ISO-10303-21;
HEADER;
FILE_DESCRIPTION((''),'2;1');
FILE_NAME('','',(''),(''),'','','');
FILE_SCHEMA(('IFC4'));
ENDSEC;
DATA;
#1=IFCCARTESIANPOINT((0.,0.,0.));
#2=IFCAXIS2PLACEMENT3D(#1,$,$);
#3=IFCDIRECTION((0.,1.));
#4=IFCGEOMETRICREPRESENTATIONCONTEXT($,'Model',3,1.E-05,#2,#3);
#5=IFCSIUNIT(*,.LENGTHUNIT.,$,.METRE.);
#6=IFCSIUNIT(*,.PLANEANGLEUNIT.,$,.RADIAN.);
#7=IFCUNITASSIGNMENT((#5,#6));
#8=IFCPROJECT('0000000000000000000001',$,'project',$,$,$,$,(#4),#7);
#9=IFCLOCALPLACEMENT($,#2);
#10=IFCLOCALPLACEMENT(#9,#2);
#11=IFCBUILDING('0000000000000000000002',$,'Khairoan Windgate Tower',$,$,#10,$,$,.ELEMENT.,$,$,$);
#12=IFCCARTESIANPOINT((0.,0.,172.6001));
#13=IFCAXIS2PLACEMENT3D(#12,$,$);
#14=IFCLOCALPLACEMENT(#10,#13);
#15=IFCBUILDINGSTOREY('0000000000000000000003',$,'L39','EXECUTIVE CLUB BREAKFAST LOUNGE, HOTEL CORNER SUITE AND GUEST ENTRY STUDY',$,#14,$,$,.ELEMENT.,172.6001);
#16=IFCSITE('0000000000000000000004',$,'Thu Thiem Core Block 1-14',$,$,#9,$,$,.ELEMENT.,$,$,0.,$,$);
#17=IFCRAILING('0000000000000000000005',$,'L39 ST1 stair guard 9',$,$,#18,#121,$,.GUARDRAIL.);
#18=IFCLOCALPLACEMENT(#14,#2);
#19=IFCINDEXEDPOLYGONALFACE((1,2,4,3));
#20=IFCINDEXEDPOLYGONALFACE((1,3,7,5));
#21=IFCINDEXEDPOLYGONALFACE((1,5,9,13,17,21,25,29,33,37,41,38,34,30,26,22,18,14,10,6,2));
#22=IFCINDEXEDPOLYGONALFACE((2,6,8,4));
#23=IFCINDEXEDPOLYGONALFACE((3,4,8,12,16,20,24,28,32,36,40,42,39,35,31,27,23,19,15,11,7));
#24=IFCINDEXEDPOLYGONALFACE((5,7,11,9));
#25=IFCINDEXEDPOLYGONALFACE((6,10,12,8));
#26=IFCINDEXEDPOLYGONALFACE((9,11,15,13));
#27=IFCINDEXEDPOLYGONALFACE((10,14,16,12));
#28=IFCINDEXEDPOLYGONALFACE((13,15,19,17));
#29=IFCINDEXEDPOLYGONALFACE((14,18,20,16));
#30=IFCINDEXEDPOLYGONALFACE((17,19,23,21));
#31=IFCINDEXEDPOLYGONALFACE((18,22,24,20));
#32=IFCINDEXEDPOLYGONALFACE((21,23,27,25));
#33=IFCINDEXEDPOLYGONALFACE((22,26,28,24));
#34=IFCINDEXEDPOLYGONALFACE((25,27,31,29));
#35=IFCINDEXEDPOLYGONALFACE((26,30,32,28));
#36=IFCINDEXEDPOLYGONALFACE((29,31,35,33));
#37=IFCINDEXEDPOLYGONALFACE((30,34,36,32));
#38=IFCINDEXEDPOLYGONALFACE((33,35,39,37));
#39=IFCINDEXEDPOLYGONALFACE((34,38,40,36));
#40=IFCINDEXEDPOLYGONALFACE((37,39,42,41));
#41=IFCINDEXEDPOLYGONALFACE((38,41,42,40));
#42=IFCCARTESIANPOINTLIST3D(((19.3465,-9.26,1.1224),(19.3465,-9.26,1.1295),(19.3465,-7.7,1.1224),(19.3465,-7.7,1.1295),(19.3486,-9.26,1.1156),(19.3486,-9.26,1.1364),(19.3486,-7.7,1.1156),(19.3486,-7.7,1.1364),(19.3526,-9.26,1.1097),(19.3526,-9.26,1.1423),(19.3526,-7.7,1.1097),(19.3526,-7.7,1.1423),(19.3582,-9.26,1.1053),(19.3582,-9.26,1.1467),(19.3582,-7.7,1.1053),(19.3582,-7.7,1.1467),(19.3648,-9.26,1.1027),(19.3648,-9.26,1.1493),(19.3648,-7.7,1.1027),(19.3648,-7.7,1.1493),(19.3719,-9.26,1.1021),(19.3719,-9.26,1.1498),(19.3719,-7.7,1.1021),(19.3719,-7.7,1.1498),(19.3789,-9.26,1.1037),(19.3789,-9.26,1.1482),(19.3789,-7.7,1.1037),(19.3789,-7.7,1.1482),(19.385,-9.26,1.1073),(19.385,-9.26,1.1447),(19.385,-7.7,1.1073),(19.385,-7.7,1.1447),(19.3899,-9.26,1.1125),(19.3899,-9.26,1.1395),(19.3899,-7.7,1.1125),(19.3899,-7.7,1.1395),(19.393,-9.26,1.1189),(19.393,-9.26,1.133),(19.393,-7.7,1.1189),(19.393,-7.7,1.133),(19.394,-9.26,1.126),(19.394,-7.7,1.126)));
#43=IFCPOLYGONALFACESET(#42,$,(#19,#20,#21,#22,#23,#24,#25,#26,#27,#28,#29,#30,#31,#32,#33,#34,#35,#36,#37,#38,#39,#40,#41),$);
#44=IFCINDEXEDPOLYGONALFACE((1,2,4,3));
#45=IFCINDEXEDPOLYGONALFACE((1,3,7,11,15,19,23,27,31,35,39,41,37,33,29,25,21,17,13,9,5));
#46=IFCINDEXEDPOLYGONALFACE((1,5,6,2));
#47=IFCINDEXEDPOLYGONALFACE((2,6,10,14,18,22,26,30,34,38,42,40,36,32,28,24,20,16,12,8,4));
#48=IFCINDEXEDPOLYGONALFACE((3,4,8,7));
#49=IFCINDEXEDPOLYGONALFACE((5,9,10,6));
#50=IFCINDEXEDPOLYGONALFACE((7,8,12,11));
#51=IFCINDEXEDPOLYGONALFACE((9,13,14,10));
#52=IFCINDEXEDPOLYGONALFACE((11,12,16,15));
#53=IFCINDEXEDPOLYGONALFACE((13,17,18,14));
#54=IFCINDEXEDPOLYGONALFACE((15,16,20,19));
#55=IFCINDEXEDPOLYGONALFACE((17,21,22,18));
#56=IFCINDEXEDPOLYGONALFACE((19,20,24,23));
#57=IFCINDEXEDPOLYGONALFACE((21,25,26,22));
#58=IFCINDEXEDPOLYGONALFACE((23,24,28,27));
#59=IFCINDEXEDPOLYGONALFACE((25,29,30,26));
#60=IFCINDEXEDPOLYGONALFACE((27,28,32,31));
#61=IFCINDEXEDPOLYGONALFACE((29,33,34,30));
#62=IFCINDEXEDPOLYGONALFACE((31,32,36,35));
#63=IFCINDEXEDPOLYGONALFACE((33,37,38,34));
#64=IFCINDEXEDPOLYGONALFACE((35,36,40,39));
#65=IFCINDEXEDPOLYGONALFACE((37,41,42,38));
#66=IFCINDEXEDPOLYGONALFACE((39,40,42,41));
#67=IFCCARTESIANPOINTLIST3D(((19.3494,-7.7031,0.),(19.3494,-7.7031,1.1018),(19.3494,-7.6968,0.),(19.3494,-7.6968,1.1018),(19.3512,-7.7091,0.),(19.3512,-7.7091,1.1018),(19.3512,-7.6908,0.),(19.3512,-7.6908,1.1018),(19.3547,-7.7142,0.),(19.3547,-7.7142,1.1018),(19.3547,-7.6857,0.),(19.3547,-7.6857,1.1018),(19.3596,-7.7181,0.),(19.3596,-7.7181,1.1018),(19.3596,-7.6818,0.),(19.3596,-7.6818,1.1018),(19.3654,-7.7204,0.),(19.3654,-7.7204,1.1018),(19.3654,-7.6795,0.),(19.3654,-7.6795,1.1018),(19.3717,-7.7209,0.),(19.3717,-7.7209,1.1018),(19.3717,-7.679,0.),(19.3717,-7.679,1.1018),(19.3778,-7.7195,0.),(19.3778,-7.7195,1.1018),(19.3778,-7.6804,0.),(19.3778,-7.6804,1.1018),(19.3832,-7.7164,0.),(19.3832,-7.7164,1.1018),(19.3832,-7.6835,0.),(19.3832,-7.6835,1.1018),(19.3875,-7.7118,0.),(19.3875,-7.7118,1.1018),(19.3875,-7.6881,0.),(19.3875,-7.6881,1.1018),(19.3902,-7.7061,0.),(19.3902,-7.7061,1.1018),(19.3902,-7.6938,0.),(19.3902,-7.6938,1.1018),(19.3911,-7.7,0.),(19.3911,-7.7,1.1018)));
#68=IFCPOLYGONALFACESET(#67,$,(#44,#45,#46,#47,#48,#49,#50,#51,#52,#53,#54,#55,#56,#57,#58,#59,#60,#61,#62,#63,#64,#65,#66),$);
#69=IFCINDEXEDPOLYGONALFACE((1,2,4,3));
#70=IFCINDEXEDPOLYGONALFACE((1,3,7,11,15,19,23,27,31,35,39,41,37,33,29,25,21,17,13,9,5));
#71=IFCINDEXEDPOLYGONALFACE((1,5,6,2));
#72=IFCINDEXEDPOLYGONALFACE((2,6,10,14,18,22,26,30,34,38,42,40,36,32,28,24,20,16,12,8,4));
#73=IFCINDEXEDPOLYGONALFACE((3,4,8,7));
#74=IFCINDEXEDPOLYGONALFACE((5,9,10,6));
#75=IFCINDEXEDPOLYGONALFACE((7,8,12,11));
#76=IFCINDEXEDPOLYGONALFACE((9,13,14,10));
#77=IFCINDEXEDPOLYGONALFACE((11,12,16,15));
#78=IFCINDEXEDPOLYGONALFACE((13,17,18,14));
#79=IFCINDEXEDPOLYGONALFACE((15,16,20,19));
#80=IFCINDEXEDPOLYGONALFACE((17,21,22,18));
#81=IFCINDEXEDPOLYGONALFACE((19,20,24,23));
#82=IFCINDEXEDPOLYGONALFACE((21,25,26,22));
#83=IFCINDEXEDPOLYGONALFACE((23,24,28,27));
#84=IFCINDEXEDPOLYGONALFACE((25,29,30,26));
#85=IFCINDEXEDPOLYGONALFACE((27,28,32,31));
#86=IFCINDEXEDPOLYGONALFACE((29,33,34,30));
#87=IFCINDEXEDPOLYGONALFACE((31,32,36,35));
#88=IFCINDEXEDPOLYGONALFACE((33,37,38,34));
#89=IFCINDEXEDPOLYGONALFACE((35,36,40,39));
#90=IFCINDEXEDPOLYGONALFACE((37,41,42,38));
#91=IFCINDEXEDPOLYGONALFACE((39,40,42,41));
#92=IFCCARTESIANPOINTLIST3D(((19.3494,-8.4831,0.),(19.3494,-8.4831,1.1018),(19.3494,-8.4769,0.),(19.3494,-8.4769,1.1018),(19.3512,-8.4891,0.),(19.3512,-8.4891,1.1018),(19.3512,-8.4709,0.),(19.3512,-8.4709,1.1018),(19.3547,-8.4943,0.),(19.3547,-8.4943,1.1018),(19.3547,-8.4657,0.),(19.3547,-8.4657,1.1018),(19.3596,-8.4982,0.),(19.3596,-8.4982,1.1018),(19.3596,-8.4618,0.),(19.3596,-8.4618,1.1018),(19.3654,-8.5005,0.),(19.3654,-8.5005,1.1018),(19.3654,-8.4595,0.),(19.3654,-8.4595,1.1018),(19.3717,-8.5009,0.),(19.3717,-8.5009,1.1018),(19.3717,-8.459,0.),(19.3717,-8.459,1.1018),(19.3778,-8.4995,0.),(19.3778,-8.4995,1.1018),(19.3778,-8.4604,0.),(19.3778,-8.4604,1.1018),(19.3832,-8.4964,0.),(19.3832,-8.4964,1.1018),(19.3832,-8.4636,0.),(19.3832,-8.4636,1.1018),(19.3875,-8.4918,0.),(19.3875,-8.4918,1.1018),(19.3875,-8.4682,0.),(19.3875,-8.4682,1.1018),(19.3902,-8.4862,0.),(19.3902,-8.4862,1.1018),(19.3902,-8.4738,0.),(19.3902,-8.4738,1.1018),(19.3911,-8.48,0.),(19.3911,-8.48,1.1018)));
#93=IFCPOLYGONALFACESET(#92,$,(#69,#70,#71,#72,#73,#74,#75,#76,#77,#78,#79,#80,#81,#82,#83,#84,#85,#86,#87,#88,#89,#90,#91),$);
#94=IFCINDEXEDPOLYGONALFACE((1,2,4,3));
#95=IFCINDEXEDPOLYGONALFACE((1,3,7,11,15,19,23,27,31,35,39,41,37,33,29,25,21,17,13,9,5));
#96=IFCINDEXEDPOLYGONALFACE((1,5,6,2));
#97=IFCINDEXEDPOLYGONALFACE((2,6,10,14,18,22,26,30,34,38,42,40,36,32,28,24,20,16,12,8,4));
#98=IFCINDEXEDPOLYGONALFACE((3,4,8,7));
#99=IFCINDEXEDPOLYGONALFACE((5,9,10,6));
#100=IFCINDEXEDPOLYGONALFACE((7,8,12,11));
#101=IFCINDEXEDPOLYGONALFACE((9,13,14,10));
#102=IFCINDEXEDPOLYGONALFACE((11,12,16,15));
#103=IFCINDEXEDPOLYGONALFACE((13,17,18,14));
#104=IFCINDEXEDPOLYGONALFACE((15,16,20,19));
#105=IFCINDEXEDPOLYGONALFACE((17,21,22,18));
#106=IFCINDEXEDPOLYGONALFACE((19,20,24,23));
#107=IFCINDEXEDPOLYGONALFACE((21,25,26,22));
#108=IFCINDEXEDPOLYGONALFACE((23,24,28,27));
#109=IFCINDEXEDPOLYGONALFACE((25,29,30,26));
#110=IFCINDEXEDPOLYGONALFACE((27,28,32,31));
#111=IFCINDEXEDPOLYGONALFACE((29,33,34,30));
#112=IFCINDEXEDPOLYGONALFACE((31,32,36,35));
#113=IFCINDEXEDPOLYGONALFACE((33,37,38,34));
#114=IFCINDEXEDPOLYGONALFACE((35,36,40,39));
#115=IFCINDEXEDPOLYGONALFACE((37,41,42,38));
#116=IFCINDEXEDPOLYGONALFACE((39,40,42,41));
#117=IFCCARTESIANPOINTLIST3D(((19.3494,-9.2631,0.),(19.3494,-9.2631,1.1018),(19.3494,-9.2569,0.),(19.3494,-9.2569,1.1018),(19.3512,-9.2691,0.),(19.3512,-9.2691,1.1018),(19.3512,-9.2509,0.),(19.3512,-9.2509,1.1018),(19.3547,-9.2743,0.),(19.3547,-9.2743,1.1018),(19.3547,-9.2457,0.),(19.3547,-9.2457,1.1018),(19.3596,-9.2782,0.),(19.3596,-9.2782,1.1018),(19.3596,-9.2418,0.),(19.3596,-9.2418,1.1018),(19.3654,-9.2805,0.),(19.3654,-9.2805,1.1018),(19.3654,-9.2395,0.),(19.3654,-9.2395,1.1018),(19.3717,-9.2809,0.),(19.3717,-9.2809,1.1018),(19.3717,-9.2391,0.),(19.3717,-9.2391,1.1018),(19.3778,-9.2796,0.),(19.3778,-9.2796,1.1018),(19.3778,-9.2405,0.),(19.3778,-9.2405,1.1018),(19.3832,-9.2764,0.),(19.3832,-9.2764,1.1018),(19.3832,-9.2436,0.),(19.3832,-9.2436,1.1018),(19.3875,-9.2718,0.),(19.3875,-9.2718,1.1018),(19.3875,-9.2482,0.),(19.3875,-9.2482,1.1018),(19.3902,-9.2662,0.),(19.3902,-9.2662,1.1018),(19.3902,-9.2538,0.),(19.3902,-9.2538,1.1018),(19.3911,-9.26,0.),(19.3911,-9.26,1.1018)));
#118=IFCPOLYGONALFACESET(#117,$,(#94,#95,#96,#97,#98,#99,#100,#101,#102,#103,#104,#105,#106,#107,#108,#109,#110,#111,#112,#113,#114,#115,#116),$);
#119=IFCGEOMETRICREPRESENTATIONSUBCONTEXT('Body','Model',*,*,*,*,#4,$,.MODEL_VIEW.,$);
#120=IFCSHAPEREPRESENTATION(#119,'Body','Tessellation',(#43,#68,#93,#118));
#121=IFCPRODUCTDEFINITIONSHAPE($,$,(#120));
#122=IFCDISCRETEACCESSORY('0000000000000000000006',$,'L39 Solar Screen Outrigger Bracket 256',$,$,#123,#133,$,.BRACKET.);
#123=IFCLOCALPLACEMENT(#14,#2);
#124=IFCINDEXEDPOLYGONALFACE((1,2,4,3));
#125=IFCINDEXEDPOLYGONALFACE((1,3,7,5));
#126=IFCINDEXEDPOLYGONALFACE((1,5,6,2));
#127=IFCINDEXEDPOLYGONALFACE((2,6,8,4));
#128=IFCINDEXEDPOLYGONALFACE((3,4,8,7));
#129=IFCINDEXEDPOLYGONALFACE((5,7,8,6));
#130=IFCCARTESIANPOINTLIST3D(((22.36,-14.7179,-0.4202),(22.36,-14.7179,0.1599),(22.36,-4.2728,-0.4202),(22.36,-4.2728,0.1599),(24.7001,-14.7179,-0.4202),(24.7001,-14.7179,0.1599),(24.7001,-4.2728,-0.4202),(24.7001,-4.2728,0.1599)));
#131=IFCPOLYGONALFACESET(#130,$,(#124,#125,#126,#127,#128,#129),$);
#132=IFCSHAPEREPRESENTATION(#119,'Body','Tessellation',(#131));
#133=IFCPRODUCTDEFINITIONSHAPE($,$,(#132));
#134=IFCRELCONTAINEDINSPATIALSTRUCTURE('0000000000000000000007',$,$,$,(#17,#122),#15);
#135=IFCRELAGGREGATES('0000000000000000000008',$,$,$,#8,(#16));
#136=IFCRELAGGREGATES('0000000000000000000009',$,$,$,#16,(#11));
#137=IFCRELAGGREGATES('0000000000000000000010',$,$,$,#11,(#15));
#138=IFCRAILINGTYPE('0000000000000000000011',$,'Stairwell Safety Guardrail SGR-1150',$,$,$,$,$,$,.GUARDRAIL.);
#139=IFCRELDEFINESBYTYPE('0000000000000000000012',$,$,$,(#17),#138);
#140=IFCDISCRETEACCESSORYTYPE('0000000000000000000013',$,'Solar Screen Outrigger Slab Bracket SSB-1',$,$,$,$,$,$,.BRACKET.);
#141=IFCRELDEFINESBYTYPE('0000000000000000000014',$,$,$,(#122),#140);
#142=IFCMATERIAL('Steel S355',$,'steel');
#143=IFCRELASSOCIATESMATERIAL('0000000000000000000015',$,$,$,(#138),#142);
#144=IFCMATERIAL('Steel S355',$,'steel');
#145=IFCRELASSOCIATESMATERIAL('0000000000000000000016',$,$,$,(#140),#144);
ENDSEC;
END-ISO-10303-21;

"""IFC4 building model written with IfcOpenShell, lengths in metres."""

from ifc_helpers import new_model, si_unit, direction, frame, origin, origin_2d, place, context, subcontext, project, spatial, rectangle, circle, extrude, material, type_object, element, save


model = new_model("IFC4")

# Units and contexts
model_context = context("Model", 3, precision=1e-05, world=origin(), true_north=direction((0.0, 1.0)))
body_context = subcontext(model_context, "Body", "Model", "MODEL_VIEW")
ifc_project = project(units=[si_unit("LENGTHUNIT", "METRE"), si_unit("PLANEANGLEUNIT", "RADIAN")], contexts=[model_context])

# Site, building, storey
site_placement = place(None, origin())
site = spatial("IfcSite", under=ifc_project, at=site_placement, Name="Thu Thiem Core Block 1-14", CompositionType="ELEMENT", RefElevation=0.0)
building_placement = place(site_placement, origin())
building = spatial("IfcBuilding", under=site, at=building_placement, Name="Khairoan Windgate Tower", CompositionType="ELEMENT")
storey_placement = place(building_placement, frame((0.0, 0.0, 172.6001)))
storey = spatial("IfcBuildingStorey", under=building, at=storey_placement, Name="L39", Description="EXECUTIVE CLUB BREAKFAST LOUNGE, HOTEL CORNER SUITE AND GUEST ENTRY STUDY", CompositionType="ELEMENT", Elevation=172.6001)

# Railing
ifc_material_1 = material(Name="Steel S355", Category="steel")
railing_type_1 = type_object("IfcRailingType", Name="Stairwell Safety Guardrail SGR-1150", PredefinedType="GUARDRAIL", material=ifc_material_1)
for number, where, name in (
    (1, (19.3701, -7.7, 0.0), "L39 ST1 stair guard 9"),
):
    element("IfcRailing", number, at=place(storey_placement, frame(where)), inside=storey, type_object=railing_type_1, Name=name, PredefinedType="GUARDRAIL", context=body_context, shape_type="SweptSolid", body=[
        extrude(circle(Radius=0.0239, at=origin_2d()), frame((0.0, 0.0, 1.126), z_axis=(0.0, -1.0, 0.0), x_axis=(1.0, 0.0, 0.0)), (0.0, 0.0, 1.0), 1.5601),
        extrude(circle(Radius=0.021, at=origin_2d()), origin(), (0.0, 0.0, 1.0), 1.1018),
        extrude(circle(Radius=0.021, at=origin_2d()), frame((0.0, -0.78, 0.0)), (0.0, 0.0, 1.0), 1.1018),
        extrude(circle(Radius=0.021, at=origin_2d()), frame((0.0, -1.5601, 0.0)), (0.0, 0.0, 1.0), 1.1018),
    ])

# Discrete accessory
ifc_material_2 = material(Name="Steel S355", Category="steel")
discrete_accessory_type = type_object("IfcDiscreteAccessoryType", Name="Solar Screen Outrigger Slab Bracket SSB-1", PredefinedType="BRACKET", material=ifc_material_2)
discrete_accessory_placement = place(storey_placement, frame((23.53, -9.4954, -0.4202), z_axis=(0.0, 0.0, 1.0), x_axis=(0.0, -1.0, 0.0)))
element("IfcDiscreteAccessory", 2, at=discrete_accessory_placement, inside=storey, type_object=discrete_accessory_type, Name="L39 Solar Screen Outrigger Bracket 256", PredefinedType="BRACKET", context=body_context, shape_type="SweptSolid", body=[
    extrude(rectangle(XDim=10.4451, YDim=2.3401, at=origin_2d()), origin(), (0.0, 0.0, 1.0), 0.5801),
])

save(model, "model.ifc")
